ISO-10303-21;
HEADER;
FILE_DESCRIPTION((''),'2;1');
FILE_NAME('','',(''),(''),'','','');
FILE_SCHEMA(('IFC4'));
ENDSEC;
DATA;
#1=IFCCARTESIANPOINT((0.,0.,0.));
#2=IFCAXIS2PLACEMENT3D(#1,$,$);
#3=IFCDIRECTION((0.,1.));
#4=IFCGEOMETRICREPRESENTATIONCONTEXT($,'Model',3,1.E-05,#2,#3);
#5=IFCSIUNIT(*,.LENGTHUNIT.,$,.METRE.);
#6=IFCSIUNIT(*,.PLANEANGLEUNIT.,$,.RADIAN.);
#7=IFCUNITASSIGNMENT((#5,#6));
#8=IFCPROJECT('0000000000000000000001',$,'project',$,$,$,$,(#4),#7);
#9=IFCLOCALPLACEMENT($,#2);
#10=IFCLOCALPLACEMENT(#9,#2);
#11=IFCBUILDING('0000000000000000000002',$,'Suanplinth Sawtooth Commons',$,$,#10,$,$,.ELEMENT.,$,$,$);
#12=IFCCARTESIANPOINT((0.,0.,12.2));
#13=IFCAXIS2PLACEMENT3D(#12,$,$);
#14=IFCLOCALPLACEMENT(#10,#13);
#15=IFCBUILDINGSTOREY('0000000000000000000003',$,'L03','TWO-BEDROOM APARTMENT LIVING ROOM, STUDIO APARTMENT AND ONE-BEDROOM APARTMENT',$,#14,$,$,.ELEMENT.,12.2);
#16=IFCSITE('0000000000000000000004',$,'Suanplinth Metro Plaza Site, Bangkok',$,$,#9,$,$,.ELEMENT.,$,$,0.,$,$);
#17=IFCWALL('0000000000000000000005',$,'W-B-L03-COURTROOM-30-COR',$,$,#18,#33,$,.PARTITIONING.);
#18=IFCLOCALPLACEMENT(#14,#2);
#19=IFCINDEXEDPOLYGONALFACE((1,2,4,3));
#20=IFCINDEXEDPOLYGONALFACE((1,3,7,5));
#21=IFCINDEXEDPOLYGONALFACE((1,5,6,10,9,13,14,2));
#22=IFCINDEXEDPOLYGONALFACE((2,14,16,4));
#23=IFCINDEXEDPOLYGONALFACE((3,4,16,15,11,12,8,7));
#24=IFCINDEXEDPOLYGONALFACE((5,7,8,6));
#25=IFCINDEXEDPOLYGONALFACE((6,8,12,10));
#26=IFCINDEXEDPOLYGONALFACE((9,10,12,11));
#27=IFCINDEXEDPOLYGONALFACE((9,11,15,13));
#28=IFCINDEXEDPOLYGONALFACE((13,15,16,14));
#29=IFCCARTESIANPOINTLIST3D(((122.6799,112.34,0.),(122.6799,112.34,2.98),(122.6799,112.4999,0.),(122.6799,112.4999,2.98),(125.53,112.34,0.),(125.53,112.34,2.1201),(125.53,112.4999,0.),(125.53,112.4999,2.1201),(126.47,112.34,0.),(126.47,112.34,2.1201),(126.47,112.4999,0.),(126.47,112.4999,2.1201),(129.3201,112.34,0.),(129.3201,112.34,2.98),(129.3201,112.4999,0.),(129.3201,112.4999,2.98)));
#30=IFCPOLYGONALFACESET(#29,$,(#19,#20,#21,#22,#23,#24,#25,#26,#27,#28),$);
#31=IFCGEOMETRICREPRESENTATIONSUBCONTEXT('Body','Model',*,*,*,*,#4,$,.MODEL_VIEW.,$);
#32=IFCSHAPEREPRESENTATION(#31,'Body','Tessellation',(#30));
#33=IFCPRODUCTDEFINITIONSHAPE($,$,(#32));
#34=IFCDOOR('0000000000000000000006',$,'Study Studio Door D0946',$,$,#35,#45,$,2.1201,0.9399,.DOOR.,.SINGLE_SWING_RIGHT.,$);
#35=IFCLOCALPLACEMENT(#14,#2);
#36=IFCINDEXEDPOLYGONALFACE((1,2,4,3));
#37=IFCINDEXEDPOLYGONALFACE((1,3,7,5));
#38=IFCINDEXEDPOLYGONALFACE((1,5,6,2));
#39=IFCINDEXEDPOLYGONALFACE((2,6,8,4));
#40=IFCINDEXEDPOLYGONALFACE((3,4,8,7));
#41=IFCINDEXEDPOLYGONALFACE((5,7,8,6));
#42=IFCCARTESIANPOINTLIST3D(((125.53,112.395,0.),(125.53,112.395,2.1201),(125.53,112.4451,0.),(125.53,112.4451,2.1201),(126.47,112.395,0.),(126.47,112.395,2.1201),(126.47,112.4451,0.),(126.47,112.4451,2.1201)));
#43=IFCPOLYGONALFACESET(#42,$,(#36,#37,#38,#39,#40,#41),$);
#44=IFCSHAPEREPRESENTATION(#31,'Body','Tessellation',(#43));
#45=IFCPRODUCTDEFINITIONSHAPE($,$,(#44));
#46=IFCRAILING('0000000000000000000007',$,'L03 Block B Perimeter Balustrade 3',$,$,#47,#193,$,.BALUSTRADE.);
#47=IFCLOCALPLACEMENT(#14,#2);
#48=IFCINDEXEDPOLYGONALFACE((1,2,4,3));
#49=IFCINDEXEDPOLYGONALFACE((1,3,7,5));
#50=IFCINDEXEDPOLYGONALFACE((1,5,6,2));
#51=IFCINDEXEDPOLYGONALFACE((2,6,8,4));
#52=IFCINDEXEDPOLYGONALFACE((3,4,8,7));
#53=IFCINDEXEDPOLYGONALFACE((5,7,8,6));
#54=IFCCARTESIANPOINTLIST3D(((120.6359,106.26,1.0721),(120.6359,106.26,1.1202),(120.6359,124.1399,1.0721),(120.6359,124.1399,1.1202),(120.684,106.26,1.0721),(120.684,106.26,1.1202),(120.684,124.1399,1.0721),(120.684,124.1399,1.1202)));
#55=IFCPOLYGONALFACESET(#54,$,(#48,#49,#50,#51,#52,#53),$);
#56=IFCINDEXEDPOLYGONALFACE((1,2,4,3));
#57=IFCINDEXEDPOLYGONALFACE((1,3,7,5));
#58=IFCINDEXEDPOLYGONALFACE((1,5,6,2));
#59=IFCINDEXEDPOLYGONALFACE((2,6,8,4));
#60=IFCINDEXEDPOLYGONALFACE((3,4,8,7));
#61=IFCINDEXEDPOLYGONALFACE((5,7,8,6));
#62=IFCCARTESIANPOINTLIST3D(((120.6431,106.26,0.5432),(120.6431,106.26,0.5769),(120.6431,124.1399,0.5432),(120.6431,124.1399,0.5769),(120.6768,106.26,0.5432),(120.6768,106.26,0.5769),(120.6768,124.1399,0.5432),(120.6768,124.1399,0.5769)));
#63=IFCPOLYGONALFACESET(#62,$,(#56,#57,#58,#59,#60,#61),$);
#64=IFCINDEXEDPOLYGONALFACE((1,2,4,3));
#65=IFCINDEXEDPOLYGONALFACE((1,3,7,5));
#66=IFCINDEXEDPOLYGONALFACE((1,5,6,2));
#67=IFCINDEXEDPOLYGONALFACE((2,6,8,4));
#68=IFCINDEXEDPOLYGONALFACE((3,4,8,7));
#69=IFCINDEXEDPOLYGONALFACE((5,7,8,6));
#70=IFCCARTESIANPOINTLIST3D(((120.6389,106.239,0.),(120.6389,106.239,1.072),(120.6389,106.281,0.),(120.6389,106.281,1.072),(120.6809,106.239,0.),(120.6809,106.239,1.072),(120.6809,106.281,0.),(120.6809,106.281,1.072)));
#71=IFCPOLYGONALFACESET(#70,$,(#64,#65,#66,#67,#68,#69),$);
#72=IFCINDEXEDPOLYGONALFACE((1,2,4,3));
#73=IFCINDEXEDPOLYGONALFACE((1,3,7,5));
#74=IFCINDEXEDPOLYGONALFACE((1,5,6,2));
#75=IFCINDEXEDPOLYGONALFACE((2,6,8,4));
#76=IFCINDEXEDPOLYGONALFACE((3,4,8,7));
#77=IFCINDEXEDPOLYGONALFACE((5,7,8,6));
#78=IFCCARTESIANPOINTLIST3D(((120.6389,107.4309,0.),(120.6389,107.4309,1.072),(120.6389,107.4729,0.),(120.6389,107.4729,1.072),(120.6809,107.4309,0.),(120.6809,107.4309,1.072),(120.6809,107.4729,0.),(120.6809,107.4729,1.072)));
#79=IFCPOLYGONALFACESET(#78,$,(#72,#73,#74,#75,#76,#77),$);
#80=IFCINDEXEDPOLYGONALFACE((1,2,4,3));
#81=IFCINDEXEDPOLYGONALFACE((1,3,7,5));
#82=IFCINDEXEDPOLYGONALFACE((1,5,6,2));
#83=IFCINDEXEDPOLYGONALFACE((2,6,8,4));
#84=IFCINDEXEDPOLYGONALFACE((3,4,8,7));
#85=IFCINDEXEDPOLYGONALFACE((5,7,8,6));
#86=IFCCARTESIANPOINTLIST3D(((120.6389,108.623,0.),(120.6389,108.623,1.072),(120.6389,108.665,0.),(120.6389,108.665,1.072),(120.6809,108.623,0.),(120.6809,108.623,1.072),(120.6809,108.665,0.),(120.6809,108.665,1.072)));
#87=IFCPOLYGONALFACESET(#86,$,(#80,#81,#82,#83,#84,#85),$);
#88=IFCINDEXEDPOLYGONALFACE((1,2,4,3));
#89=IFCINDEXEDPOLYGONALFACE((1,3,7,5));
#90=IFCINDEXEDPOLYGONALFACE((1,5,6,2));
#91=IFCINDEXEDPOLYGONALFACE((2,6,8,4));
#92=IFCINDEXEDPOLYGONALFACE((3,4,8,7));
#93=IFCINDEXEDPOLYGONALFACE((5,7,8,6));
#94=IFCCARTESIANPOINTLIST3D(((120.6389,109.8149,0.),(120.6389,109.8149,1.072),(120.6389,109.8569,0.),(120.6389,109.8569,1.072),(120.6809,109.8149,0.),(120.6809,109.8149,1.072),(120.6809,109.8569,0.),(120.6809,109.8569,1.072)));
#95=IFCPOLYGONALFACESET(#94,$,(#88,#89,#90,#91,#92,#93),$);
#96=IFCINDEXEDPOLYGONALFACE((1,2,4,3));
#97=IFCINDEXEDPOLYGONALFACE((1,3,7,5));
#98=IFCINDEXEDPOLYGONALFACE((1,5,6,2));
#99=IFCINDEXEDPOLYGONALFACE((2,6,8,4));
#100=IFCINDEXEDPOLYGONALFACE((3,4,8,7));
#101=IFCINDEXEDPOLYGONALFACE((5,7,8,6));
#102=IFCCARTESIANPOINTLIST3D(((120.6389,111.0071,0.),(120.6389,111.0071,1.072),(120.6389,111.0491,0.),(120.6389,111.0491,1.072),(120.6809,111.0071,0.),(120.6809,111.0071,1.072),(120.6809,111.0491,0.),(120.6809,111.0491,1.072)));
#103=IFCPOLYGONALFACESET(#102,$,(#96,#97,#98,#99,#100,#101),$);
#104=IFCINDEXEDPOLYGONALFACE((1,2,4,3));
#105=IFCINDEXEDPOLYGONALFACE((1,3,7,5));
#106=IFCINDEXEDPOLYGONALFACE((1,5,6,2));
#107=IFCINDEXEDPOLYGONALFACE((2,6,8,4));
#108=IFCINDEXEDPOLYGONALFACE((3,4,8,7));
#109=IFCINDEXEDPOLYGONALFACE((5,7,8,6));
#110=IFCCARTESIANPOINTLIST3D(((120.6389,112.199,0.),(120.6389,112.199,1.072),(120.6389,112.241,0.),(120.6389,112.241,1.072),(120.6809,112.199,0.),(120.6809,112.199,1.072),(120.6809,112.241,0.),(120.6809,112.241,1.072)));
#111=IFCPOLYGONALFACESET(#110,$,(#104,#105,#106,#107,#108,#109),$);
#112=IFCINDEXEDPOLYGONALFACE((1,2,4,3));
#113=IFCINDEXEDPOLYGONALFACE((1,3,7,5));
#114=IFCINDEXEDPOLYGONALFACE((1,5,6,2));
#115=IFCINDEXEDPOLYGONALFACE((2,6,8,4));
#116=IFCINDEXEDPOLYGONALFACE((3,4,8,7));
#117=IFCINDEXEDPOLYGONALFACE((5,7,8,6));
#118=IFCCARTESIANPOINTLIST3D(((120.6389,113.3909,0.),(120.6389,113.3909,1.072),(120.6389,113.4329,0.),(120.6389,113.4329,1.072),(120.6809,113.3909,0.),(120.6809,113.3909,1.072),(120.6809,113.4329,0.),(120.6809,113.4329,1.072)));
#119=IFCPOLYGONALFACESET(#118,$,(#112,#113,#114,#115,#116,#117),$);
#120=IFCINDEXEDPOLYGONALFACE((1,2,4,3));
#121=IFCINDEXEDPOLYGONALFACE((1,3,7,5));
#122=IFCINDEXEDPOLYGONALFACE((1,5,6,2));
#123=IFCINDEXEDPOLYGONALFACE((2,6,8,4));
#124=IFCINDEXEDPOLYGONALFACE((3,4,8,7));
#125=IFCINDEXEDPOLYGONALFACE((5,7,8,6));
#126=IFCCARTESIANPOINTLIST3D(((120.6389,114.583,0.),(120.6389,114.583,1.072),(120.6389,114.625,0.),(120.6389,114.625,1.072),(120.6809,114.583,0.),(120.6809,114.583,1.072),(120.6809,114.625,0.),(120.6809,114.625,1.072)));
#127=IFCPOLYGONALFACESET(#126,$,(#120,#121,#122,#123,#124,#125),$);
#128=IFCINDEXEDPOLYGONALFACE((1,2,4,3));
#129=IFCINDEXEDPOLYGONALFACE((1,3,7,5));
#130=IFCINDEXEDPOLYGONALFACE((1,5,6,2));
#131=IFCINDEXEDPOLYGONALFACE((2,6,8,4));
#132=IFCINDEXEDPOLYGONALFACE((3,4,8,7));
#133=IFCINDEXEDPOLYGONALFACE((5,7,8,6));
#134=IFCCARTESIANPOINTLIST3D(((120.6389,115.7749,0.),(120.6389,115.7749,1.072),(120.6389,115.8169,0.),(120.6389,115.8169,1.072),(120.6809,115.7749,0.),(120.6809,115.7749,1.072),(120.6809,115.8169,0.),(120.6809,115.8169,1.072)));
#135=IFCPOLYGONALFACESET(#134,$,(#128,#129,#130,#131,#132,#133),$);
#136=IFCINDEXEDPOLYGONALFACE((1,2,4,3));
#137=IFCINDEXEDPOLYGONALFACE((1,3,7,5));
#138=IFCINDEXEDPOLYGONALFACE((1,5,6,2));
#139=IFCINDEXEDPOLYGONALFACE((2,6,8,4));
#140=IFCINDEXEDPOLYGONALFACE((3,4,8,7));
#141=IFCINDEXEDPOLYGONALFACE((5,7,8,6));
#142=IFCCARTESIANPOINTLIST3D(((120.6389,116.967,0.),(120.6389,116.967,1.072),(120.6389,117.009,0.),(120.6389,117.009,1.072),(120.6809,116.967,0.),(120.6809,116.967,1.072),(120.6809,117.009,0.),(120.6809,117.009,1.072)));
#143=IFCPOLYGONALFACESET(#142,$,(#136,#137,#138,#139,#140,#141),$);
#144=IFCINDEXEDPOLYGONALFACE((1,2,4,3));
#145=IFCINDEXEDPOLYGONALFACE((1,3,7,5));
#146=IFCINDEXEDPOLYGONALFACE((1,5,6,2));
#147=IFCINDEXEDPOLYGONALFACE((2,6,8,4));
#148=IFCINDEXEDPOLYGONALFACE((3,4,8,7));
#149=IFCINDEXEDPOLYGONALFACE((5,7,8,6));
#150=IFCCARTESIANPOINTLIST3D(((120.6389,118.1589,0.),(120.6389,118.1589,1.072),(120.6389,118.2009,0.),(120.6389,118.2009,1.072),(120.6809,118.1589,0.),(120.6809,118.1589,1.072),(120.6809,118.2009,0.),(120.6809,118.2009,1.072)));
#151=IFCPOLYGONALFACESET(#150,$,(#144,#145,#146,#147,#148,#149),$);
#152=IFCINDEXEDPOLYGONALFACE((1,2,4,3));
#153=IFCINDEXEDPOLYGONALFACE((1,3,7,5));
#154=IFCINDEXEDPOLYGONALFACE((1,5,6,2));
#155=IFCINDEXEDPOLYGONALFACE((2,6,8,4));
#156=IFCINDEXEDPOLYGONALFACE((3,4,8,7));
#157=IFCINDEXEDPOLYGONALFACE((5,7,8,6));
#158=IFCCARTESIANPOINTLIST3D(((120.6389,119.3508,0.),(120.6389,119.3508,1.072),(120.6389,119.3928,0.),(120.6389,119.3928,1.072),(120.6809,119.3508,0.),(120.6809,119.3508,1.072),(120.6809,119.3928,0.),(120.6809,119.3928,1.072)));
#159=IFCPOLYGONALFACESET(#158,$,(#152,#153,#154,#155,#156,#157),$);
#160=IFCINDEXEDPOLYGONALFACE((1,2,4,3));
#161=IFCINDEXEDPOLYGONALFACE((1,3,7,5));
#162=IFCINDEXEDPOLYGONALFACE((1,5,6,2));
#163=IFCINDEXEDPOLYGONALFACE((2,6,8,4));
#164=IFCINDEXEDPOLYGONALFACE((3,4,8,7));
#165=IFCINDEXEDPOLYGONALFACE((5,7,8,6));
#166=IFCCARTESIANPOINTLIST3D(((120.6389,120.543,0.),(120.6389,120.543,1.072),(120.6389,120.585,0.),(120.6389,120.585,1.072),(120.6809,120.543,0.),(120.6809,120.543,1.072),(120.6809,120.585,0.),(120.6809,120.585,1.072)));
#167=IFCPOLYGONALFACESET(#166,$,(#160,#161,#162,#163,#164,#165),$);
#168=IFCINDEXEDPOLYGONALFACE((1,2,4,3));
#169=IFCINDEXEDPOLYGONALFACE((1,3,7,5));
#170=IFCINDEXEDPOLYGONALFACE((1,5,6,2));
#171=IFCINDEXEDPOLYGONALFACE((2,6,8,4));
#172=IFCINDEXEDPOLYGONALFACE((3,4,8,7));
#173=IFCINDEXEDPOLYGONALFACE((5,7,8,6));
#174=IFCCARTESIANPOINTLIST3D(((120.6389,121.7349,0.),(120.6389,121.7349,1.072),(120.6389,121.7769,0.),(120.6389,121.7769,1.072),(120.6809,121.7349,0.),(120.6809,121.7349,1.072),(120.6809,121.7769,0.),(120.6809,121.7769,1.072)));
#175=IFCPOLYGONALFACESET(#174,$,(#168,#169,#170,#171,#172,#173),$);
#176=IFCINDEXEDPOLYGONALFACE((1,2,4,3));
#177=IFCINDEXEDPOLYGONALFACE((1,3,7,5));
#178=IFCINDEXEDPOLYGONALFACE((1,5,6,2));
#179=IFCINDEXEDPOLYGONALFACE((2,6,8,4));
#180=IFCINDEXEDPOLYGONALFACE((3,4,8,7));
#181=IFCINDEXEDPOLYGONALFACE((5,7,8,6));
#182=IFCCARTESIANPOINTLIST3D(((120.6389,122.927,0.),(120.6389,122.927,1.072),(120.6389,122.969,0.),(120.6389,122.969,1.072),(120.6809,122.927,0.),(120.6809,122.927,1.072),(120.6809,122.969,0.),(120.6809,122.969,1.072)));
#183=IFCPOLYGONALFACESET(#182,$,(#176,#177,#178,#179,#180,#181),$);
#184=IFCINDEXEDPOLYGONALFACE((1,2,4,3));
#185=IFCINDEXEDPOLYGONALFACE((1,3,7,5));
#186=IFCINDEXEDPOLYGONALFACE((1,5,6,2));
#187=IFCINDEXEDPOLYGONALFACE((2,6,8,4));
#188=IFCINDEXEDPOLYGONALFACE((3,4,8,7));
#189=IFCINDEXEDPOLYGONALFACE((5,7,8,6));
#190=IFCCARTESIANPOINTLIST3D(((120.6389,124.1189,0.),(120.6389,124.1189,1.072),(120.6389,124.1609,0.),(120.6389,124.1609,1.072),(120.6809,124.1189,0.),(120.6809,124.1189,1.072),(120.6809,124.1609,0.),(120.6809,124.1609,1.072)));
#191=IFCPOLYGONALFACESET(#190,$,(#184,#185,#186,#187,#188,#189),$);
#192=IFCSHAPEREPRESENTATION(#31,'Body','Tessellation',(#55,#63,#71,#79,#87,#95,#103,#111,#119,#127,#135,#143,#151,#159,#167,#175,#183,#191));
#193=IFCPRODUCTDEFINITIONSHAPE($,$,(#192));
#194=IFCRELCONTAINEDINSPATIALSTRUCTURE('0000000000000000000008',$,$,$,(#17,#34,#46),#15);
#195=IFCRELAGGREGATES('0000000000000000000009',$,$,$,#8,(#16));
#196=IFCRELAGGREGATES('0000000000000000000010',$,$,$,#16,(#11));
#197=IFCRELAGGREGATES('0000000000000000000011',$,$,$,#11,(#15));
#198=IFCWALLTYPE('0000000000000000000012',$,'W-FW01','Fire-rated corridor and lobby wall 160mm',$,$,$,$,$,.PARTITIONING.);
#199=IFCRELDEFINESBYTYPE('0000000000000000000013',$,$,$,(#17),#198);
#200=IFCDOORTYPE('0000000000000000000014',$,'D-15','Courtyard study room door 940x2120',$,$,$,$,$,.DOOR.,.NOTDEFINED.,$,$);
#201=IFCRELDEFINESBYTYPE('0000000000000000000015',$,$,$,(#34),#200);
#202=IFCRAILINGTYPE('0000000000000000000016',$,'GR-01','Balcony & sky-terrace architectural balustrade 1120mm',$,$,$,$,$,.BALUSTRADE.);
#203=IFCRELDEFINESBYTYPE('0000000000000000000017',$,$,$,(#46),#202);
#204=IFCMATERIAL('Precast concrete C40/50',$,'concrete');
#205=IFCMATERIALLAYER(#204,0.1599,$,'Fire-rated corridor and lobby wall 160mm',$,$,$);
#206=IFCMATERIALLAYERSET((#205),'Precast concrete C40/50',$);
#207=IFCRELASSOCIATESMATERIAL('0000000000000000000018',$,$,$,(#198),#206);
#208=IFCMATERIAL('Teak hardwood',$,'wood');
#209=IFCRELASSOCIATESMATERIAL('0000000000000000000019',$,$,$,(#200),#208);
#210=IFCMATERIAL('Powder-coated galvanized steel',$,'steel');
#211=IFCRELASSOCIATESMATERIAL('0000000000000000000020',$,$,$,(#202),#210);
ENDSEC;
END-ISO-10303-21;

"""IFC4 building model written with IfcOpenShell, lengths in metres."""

from ifc_helpers import new_model, si_unit, direction, frame, frame_2d, origin, origin_2d, place, context, subcontext, project, spatial, rectangle, extrude, material, layer, layer_set, type_object, element, fill, save


model = new_model("IFC4")

# Units and contexts
model_context = context("Model", 3, precision=1e-05, world=origin(), true_north=direction((0.0, 1.0)))
body_context = subcontext(model_context, "Body", "Model", "MODEL_VIEW")
ifc_project = project(units=[si_unit("LENGTHUNIT", "METRE"), si_unit("PLANEANGLEUNIT", "RADIAN")], contexts=[model_context])

# Site, building, storey
site_placement = place(None, origin())
site = spatial("IfcSite", under=ifc_project, at=site_placement, Name="Suanplinth Metro Plaza Site, Bangkok", CompositionType="ELEMENT", RefElevation=0.0)
building_placement = place(site_placement, origin())
building = spatial("IfcBuilding", under=site, at=building_placement, Name="Suanplinth Sawtooth Commons", CompositionType="ELEMENT")
storey_placement = place(building_placement, frame((0.0, 0.0, 12.2)))
storey = spatial("IfcBuildingStorey", under=building, at=storey_placement, Name="L03", Description="TWO-BEDROOM APARTMENT LIVING ROOM, STUDIO APARTMENT AND ONE-BEDROOM APARTMENT", CompositionType="ELEMENT", Elevation=12.2)

# Shared definitions
ifc_material_1 = material(Name="Precast concrete C40/50", Category="concrete")

# Wall, opening, door
ifc_layer_1 = layer(ifc_material_1, 0.1599, Name="Fire-rated corridor and lobby wall 160mm")
ifc_layer_set_1 = layer_set([ifc_layer_1], Name="Precast concrete C40/50")
wall_type_1 = type_object("IfcWallType", Name="W-FW01", Description="Fire-rated corridor and lobby wall 160mm", PredefinedType="PARTITIONING", material=ifc_layer_set_1)
wall_1_placement = place(storey_placement, frame((122.6799, 112.4199, 0.0), z_axis=(0.0, 0.0, 1.0), x_axis=(1.0, 0.0, 0.0)))
wall_1 = element("IfcWall", 1, at=wall_1_placement, inside=storey, type_object=wall_type_1, Name="W-B-L03-COURTROOM-30-COR", PredefinedType="PARTITIONING", context=body_context, shape_type="SweptSolid", body=[
    extrude(rectangle(XDim=6.6401, YDim=0.1599, at=frame_2d((3.3201, 0.0))), origin(), (0.0, 0.0, 1.0), 2.98),
])
opening_1_placement = place(wall_1_placement, frame((2.8501, 0.0, 0.0)))
opening_1 = element("IfcOpeningElement", 2, at=opening_1_placement, cuts=wall_1, PredefinedType="OPENING", context=body_context, shape_type="SweptSolid", body=[
    extrude(rectangle(XDim=0.9399, YDim=2.1201, at=frame_2d((0.47, 1.0601))), frame((0.0, 0.0947, 0.0), z_axis=(0.0, -1.0, 0.0), x_axis=(1.0, 0.0, 0.0)), (0.0, 0.0, 1.0), 0.1897),
])
ifc_material_2 = material(Name="Teak hardwood", Category="wood")
door_type_1 = type_object("IfcDoorType", Name="D-15", Description="Courtyard study room door 940x2120", OperationType="NOTDEFINED", PredefinedType="DOOR", material=ifc_material_2)
door_1_placement = place(opening_1_placement, frame((0.9399, 0.0, 0.0), z_axis=(0.0, 0.0, 1.0), x_axis=(-1.0, 0.0, 0.0)))
door_1 = element("IfcDoor", 3, at=door_1_placement, inside=storey, type_object=door_type_1, Name="Study Studio Door D0946", OperationType="SINGLE_SWING_RIGHT", OverallHeight=2.1201, OverallWidth=0.9399, PredefinedType="DOOR", context=body_context, shape_type="SweptSolid", body=[
    extrude(rectangle(XDim=0.9399, YDim=2.1201, at=frame_2d((0.47, 1.0601))), frame((0.0, 0.0249, 0.0), z_axis=(0.0, -1.0, 0.0), x_axis=(1.0, 0.0, 0.0)), (0.0, 0.0, 1.0), 0.05),
])
fill(opening_1, door_1)

# Railing
ifc_material_3 = material(Name="Powder-coated galvanized steel", Category="steel")
railing_type = type_object("IfcRailingType", Name="GR-01", Description="Balcony & sky-terrace architectural balustrade 1120mm", PredefinedType="BALUSTRADE", material=ifc_material_3)
railing_1_placement = place(storey_placement, frame((120.6599, 106.26, 0.0)))
element("IfcRailing", 4, at=railing_1_placement, inside=storey, type_object=railing_type, Name="L03 Block B Perimeter Balustrade 3", PredefinedType="BALUSTRADE", context=body_context, shape_type="SweptSolid", body=[
    extrude(rectangle(XDim=0.0481, YDim=0.0481, at=origin_2d()), frame((0.0, 0.0, 1.0962), z_axis=(0.0, 1.0, 0.0), x_axis=(-1.0, 0.0, 0.0)), (0.0, 0.0, 1.0), 17.8799),
    extrude(rectangle(XDim=0.0337, YDim=0.0337, at=origin_2d()), frame((0.0, 0.0, 0.5601), z_axis=(0.0, 1.0, 0.0), x_axis=(-1.0, 0.0, 0.0)), (0.0, 0.0, 1.0), 17.8799),
    extrude(rectangle(XDim=0.042, YDim=0.042, at=origin_2d()), origin(), (0.0, 0.0, 1.0), 1.072),
    extrude(rectangle(XDim=0.042, YDim=0.042, at=origin_2d()), frame((0.0, 1.1919, 0.0)), (0.0, 0.0, 1.0), 1.072),
    extrude(rectangle(XDim=0.042, YDim=0.042, at=origin_2d()), frame((0.0, 2.384, 0.0)), (0.0, 0.0, 1.0), 1.072),
    extrude(rectangle(XDim=0.042, YDim=0.042, at=origin_2d()), frame((0.0, 3.5759, 0.0)), (0.0, 0.0, 1.0), 1.072),
    extrude(rectangle(XDim=0.042, YDim=0.042, at=origin_2d()), frame((0.0, 4.7681, 0.0)), (0.0, 0.0, 1.0), 1.072),
    extrude(rectangle(XDim=0.042, YDim=0.042, at=origin_2d()), frame((0.0, 5.96, 0.0)), (0.0, 0.0, 1.0), 1.072),
    extrude(rectangle(XDim=0.042, YDim=0.042, at=origin_2d()), frame((0.0, 7.1519, 0.0)), (0.0, 0.0, 1.0), 1.072),
    extrude(rectangle(XDim=0.042, YDim=0.042, at=origin_2d()), frame((0.0, 8.344, 0.0)), (0.0, 0.0, 1.0), 1.072),
    extrude(rectangle(XDim=0.042, YDim=0.042, at=origin_2d()), frame((0.0, 9.5359, 0.0)), (0.0, 0.0, 1.0), 1.072),
    extrude(rectangle(XDim=0.042, YDim=0.042, at=origin_2d()), frame((0.0, 10.728, 0.0)), (0.0, 0.0, 1.0), 1.072),
    extrude(rectangle(XDim=0.042, YDim=0.042, at=origin_2d()), frame((0.0, 11.9199, 0.0)), (0.0, 0.0, 1.0), 1.072),
    extrude(rectangle(XDim=0.042, YDim=0.042, at=origin_2d()), frame((0.0, 13.1118, 0.0)), (0.0, 0.0, 1.0), 1.072),
    extrude(rectangle(XDim=0.042, YDim=0.042, at=origin_2d()), frame((0.0, 14.304, 0.0)), (0.0, 0.0, 1.0), 1.072),
    extrude(rectangle(XDim=0.042, YDim=0.042, at=origin_2d()), frame((0.0, 15.4958, 0.0)), (0.0, 0.0, 1.0), 1.072),
    extrude(rectangle(XDim=0.042, YDim=0.042, at=origin_2d()), frame((0.0, 16.688, 0.0)), (0.0, 0.0, 1.0), 1.072),
    extrude(rectangle(XDim=0.042, YDim=0.042, at=origin_2d()), frame((0.0, 17.8799, 0.0)), (0.0, 0.0, 1.0), 1.072),
])

save(model, "model.ifc")
